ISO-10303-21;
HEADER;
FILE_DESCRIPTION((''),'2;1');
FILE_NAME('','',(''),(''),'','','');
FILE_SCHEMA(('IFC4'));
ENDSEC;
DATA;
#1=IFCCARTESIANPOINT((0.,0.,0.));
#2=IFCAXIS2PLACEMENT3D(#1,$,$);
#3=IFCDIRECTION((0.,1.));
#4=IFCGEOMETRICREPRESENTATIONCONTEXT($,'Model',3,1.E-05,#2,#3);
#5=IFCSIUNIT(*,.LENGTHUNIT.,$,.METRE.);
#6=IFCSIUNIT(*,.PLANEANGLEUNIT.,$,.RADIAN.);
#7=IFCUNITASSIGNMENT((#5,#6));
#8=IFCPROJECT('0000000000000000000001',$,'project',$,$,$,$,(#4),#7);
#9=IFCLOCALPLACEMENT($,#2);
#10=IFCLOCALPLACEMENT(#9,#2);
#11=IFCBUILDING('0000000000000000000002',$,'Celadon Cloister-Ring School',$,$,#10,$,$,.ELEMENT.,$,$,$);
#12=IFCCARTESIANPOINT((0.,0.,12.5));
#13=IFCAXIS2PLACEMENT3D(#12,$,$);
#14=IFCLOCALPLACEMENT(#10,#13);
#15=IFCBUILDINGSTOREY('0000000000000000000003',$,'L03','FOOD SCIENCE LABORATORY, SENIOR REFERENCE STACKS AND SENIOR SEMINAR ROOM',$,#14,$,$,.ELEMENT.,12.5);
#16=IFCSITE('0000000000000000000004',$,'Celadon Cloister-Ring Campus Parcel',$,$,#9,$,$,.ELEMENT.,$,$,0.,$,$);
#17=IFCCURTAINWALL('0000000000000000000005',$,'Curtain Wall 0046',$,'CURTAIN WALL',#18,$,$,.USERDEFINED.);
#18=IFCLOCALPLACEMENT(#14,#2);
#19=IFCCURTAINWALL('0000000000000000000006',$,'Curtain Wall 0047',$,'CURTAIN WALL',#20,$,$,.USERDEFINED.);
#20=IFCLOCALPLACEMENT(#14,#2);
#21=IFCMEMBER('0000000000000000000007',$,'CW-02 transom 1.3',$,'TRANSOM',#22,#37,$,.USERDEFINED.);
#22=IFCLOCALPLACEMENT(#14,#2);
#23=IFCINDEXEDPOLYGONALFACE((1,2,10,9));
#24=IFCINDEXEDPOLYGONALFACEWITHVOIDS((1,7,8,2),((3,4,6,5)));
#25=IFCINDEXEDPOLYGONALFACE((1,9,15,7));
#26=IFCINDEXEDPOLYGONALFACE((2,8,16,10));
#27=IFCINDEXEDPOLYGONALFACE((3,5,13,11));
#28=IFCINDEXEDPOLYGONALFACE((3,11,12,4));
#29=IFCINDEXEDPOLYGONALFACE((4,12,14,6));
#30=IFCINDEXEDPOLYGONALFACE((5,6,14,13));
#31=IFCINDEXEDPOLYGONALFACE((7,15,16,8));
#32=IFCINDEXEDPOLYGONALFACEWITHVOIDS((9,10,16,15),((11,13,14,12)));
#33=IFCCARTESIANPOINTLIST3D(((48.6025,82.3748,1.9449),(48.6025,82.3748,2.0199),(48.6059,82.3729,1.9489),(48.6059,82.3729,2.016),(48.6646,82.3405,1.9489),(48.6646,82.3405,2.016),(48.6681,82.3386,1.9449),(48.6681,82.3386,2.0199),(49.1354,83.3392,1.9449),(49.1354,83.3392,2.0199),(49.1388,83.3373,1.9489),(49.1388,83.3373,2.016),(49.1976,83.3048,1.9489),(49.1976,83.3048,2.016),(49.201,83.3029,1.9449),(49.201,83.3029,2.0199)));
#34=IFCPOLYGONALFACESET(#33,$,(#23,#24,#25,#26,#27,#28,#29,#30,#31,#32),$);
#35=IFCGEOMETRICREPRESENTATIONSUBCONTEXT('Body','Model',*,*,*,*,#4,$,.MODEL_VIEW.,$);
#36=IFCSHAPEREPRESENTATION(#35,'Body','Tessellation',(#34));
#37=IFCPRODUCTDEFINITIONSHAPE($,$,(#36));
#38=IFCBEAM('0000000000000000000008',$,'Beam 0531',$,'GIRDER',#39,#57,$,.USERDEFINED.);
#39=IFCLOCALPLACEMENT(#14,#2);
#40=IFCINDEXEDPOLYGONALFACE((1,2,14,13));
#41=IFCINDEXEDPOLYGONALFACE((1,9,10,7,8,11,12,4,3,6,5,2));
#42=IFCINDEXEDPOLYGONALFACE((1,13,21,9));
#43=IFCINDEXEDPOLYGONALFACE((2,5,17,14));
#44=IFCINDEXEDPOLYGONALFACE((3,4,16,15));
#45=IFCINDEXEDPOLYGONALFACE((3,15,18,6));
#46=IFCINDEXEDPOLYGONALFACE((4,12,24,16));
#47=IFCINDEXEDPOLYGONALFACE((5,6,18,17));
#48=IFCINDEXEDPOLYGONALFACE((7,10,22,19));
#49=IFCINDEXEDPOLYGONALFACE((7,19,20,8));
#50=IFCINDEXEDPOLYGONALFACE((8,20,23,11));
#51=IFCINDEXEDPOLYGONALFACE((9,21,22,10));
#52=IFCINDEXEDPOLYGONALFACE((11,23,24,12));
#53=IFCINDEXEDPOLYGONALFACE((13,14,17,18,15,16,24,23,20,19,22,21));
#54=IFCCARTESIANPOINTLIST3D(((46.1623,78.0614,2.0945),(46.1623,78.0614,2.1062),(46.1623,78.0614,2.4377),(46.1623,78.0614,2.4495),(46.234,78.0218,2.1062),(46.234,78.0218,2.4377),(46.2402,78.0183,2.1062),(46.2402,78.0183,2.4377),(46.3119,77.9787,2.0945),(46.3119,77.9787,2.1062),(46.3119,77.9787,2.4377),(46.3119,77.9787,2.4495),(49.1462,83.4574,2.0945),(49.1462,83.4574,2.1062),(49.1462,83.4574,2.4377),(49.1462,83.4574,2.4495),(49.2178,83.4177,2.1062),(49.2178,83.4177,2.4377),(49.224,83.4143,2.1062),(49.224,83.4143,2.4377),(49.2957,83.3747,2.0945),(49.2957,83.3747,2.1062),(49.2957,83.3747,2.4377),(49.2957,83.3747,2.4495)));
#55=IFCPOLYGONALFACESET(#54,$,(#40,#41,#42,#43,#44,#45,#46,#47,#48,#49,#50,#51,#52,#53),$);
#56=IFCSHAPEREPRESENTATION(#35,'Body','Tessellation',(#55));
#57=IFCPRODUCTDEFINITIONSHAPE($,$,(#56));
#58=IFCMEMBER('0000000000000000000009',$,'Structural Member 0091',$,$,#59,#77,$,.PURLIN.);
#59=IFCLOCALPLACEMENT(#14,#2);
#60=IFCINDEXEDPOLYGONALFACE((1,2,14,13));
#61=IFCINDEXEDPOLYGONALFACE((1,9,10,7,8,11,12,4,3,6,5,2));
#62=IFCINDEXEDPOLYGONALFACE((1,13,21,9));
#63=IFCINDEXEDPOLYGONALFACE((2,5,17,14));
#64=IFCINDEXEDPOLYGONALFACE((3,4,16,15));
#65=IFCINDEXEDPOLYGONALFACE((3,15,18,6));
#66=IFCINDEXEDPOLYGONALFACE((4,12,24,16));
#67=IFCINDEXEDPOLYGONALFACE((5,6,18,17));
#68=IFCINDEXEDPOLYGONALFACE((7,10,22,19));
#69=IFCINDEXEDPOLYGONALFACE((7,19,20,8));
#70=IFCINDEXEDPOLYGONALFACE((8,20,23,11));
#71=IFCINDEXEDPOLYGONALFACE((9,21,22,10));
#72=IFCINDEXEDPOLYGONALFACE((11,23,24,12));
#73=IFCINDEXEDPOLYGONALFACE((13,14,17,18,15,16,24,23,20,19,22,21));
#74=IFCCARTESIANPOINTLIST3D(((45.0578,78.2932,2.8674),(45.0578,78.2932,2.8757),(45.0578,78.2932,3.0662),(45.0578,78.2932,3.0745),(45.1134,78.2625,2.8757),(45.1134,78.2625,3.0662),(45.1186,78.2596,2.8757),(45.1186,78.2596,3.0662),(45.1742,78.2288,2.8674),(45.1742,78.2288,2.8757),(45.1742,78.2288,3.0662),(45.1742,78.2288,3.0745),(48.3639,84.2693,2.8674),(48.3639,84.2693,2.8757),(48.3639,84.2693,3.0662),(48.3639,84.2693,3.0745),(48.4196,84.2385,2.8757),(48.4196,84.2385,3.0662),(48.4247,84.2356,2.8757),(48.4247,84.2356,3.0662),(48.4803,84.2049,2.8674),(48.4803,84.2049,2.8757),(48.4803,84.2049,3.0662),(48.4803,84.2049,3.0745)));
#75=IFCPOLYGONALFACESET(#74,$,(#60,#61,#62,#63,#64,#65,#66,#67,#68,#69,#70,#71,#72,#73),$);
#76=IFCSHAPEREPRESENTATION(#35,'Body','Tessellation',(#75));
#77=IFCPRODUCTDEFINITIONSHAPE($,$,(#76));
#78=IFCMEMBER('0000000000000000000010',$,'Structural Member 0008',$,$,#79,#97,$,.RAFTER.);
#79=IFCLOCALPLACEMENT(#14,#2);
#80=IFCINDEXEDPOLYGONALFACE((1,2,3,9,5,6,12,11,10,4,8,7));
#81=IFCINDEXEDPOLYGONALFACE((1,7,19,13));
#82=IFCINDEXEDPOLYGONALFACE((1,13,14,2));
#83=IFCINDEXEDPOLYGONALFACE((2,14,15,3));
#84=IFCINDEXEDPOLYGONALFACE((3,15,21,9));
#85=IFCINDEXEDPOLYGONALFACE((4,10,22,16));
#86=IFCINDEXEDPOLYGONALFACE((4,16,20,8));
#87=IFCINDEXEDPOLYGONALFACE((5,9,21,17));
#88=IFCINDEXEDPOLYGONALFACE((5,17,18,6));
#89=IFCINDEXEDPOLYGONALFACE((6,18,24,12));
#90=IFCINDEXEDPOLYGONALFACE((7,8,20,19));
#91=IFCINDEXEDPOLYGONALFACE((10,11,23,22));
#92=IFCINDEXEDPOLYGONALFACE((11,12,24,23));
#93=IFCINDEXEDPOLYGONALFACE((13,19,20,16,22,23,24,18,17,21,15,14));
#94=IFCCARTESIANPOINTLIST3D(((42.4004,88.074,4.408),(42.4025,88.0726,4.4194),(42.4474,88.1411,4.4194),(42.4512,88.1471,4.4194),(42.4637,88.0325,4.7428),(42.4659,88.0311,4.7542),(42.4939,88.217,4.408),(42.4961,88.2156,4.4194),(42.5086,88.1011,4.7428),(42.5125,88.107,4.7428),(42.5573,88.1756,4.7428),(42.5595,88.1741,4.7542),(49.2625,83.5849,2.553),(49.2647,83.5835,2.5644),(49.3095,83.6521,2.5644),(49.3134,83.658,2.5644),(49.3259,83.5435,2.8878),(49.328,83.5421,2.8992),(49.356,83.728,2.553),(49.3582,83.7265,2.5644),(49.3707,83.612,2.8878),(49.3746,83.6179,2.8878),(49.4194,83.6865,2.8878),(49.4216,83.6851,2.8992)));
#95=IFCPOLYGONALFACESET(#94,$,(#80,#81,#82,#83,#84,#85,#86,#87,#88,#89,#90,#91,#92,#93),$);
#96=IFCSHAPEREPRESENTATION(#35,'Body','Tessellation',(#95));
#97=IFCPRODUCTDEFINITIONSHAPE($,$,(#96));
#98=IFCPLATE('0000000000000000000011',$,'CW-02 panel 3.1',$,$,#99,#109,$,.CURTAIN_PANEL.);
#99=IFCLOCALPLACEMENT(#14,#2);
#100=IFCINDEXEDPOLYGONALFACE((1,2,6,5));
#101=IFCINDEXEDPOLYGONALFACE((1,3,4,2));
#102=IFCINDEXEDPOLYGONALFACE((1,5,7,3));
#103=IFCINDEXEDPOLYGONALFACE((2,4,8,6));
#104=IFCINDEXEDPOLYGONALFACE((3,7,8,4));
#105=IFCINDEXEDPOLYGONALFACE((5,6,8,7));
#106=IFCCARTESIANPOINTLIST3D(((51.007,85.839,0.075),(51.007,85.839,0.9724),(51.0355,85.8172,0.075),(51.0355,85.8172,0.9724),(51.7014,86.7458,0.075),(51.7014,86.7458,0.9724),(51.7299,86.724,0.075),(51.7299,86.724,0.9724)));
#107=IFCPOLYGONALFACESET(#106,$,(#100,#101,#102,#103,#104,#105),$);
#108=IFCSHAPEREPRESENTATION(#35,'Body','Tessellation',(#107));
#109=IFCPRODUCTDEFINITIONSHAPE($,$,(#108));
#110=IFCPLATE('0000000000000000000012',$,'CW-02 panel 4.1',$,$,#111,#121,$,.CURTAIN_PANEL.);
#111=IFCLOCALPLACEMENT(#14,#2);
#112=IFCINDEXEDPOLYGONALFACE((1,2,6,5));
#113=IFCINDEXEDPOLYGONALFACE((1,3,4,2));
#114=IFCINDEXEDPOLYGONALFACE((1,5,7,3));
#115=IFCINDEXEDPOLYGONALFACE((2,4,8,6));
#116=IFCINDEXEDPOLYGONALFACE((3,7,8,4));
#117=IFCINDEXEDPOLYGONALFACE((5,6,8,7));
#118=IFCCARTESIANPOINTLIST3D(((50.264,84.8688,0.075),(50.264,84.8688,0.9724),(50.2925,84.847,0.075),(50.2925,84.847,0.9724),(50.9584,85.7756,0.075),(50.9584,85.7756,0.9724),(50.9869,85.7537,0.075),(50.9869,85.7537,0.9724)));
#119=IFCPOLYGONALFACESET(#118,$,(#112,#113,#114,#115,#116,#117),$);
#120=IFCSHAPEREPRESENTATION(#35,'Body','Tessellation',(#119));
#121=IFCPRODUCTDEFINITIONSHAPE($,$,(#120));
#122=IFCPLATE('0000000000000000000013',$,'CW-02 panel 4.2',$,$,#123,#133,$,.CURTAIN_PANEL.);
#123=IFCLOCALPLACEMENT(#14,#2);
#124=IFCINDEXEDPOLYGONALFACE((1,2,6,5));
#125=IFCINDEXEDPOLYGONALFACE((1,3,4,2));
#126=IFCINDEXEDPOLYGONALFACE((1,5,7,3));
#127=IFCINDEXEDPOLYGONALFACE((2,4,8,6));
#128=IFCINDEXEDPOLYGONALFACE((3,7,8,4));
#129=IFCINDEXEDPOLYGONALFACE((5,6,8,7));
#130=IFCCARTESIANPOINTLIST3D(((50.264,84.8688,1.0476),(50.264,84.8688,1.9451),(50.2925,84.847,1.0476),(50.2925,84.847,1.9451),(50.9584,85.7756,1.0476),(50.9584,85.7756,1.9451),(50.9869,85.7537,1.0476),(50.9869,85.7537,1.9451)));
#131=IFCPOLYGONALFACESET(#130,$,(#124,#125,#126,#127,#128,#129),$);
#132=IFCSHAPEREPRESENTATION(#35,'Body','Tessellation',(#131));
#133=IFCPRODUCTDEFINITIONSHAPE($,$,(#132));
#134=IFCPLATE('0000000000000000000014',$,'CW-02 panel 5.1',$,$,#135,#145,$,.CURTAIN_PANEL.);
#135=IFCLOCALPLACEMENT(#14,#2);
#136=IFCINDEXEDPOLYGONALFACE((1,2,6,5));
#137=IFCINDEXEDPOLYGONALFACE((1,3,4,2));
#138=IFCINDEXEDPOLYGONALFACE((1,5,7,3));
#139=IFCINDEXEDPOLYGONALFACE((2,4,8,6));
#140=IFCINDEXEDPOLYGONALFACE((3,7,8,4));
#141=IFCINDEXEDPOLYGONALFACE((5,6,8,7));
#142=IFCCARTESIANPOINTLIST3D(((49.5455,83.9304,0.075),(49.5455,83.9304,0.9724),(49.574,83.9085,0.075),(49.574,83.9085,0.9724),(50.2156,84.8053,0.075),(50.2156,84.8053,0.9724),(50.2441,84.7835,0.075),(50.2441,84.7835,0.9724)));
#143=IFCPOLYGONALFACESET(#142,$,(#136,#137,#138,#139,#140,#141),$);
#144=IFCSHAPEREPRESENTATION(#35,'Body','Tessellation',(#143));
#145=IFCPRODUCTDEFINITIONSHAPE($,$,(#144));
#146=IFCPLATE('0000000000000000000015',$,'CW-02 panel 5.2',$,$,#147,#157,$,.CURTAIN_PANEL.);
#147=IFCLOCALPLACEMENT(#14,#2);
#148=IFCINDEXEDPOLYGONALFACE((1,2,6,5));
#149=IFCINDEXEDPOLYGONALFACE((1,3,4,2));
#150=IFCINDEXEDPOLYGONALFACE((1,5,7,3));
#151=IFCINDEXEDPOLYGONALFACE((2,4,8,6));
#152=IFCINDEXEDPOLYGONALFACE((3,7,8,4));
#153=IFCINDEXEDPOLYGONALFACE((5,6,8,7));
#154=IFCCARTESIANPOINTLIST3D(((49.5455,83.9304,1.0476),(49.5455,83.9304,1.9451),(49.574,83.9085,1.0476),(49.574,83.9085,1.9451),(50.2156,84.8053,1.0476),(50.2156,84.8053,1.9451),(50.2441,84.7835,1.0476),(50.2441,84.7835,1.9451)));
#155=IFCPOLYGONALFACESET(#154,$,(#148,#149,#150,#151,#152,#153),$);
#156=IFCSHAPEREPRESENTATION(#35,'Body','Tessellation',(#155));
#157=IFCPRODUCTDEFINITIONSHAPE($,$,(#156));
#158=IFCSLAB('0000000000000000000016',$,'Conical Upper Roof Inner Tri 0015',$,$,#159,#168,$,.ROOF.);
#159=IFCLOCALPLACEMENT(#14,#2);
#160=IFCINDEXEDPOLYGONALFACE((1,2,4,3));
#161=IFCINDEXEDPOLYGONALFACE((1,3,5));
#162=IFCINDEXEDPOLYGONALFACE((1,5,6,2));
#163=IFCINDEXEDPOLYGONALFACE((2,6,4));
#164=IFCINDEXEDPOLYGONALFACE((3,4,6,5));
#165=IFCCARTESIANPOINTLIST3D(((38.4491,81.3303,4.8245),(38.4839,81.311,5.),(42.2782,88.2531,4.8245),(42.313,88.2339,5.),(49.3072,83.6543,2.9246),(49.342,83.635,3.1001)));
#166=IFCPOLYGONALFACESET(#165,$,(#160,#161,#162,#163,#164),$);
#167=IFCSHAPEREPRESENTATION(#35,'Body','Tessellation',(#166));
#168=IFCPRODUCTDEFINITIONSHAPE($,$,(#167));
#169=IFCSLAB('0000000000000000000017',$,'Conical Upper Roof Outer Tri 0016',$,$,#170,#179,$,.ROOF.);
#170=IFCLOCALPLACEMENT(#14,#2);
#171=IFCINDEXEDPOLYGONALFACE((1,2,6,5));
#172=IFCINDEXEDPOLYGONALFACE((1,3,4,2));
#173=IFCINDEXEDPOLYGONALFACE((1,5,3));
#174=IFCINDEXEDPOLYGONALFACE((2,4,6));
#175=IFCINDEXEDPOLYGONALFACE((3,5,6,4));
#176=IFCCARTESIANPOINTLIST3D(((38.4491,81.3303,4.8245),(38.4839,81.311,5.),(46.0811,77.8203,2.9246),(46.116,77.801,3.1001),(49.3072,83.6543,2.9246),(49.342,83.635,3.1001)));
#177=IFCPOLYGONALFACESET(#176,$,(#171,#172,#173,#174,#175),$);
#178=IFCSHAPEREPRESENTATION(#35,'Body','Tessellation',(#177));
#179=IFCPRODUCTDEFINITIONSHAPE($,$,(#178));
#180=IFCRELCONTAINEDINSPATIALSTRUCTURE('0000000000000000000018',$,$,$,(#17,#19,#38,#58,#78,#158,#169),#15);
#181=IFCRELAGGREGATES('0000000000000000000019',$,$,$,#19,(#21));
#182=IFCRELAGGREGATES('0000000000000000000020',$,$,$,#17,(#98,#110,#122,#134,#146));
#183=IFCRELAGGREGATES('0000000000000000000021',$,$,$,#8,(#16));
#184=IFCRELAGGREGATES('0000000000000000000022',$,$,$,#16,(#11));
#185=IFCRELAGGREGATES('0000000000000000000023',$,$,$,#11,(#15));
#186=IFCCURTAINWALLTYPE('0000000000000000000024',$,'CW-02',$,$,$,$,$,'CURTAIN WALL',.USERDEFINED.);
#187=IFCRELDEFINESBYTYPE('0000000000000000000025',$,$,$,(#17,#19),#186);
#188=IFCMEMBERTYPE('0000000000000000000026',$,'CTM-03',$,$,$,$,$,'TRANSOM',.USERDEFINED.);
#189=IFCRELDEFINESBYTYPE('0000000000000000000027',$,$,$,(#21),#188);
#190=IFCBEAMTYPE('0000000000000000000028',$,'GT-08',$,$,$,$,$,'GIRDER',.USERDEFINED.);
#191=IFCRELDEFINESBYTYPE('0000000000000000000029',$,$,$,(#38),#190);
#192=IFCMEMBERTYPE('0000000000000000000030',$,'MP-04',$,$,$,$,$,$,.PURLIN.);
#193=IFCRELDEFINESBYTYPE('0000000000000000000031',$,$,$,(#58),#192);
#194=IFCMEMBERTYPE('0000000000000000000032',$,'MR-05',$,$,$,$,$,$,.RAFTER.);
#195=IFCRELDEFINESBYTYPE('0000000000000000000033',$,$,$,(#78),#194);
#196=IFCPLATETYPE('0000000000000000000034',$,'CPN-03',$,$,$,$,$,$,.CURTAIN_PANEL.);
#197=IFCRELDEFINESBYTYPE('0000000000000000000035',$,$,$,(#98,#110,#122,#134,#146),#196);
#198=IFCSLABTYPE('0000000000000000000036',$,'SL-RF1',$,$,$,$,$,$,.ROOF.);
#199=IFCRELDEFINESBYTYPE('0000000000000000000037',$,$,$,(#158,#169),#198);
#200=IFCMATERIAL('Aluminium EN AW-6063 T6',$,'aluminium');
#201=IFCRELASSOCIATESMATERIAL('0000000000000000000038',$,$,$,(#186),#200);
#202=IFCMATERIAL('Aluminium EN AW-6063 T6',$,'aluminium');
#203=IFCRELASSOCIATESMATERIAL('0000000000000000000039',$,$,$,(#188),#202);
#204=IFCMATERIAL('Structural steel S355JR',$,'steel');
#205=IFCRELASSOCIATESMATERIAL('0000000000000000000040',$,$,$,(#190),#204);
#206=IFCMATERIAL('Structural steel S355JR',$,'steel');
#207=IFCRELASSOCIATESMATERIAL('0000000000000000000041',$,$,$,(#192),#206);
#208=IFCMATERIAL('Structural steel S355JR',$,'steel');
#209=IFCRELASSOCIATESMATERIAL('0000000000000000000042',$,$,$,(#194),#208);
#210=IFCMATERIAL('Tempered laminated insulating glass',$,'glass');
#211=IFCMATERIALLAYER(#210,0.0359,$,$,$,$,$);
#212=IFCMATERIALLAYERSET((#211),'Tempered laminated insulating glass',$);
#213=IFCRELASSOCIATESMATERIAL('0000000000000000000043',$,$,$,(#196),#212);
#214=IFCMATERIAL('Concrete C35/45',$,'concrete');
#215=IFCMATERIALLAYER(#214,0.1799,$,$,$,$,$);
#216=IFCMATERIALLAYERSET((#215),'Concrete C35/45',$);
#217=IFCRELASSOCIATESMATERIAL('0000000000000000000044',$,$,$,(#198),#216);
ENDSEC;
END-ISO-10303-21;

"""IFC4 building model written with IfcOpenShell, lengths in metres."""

from ifc_helpers import new_model, si_unit, direction, frame, origin, origin_2d, place, context, subcontext, project, spatial, polyline, rectangle, hollow_rectangle, i_section, outline, extrude, material, layer, layer_set, material_profile, profile_set, type_object, element, aggregate, save


model = new_model("IFC4")

# Units and contexts
model_context = context("Model", 3, precision=1e-05, world=origin(), true_north=direction((0.0, 1.0)))
body_context = subcontext(model_context, "Body", "Model", "MODEL_VIEW")
ifc_project = project(units=[si_unit("LENGTHUNIT", "METRE"), si_unit("PLANEANGLEUNIT", "RADIAN")], contexts=[model_context])

# Site, building, storey
site_placement = place(None, origin())
site = spatial("IfcSite", under=ifc_project, at=site_placement, Name="Celadon Cloister-Ring Campus Parcel", CompositionType="ELEMENT", RefElevation=0.0)
building_placement = place(site_placement, origin())
building = spatial("IfcBuilding", under=site, at=building_placement, Name="Celadon Cloister-Ring School", CompositionType="ELEMENT")
storey_placement = place(building_placement, frame((0.0, 0.0, 12.5)))
storey = spatial("IfcBuildingStorey", under=building, at=storey_placement, Name="L03", Description="FOOD SCIENCE LABORATORY, SENIOR REFERENCE STACKS AND SENIOR SEMINAR ROOM", CompositionType="ELEMENT", Elevation=12.5)

# Curtain wall
ifc_material_1 = material(Name="Aluminium EN AW-6063 T6", Category="aluminium")
curtain_wall_type = type_object("IfcCurtainWallType", Name="CW-02", ElementType="CURTAIN WALL", PredefinedType="USERDEFINED", material=ifc_material_1)
curtain_wall_1_placement = place(storey_placement, origin())
curtain_wall_1 = element("IfcCurtainWall", 1, at=curtain_wall_1_placement, inside=storey, type_object=curtain_wall_type, Name="Curtain Wall 0046", ObjectType="CURTAIN WALL", PredefinedType="USERDEFINED")

# Curtain wall
curtain_wall_2_placement = place(storey_placement, origin())
curtain_wall_2 = element("IfcCurtainWall", 2, at=curtain_wall_2_placement, inside=storey, type_object=curtain_wall_type, Name="Curtain Wall 0047", ObjectType="CURTAIN WALL", PredefinedType="USERDEFINED")

# Member
ifc_material_2 = material(Name="Aluminium EN AW-6063 T6", Category="aluminium")
ifc_material_profile_1 = material_profile(ifc_material_2, hollow_rectangle(XDim=0.075, YDim=0.075, WallThickness=0.0039, at=origin_2d()), Name="RHS75X75X4")
ifc_profile_set_1 = profile_set([ifc_material_profile_1], Name="Aluminium EN AW-6063 T6")
member_type_1 = type_object("IfcMemberType", Name="CTM-03", ElementType="TRANSOM", PredefinedType="USERDEFINED", material=ifc_profile_set_1)
member_1_placement = place(storey_placement, frame((49.1682, 83.321, 1.9824), z_axis=(-0.483704, -0.875232, 0.0), x_axis=(0.875232, -0.483704, 0.0)))
member_1 = element("IfcMember", 3, at=member_1_placement, type_object=member_type_1, Name="CW-02 transom 1.3", ObjectType="TRANSOM", PredefinedType="USERDEFINED", context=body_context, shape_type="SweptSolid", body=[
    extrude(hollow_rectangle(XDim=0.075, YDim=0.075, WallThickness=0.0039, at=origin_2d()), origin(), (0.0, 0.0, 1.0), 1.1018),
])
aggregate(curtain_wall_2, [member_1])

# Beam
ifc_material_3 = material(Name="Structural steel S355JR", Category="steel")
ifc_material_profile_2 = material_profile(ifc_material_3, i_section(OverallWidth=0.1709, OverallDepth=0.355, WebThickness=0.0071, FlangeThickness=0.0117, at=origin_2d()), Name="W360X51")
ifc_profile_set_2 = profile_set([ifc_material_profile_2], Name="Structural steel S355JR")
beam_type = type_object("IfcBeamType", Name="GT-08", ElementType="GIRDER", PredefinedType="USERDEFINED", material=ifc_profile_set_2)
beam_placement = place(storey_placement, frame((49.2209, 83.416, 2.272), z_axis=(-0.483921, -0.875112, 0.0), x_axis=(0.875112, -0.483921, 0.0)))
element("IfcBeam", 4, at=beam_placement, inside=storey, type_object=beam_type, Name="Beam 0531", ObjectType="GIRDER", PredefinedType="USERDEFINED", context=body_context, shape_type="SweptSolid", body=[
    extrude(i_section(OverallWidth=0.1709, OverallDepth=0.355, WebThickness=0.0071, FlangeThickness=0.0117, at=origin_2d()), origin(), (0.0, 0.0, 1.0), 6.166),
])

# Members
ifc_material_4 = material(Name="Structural steel S355JR", Category="steel")
ifc_material_profile_3 = material_profile(ifc_material_4, i_section(OverallWidth=0.1331, OverallDepth=0.207, WebThickness=0.0059, FlangeThickness=0.0083, at=origin_2d()), Name="W200X27")
ifc_profile_set_3 = profile_set([ifc_material_profile_3], Name="Structural steel S355JR")
member_type_2 = type_object("IfcMemberType", Name="MP-04", PredefinedType="PURLIN", material=ifc_profile_set_3)
member_2_placement = place(storey_placement, frame((48.4221, 84.2371, 2.9709), z_axis=(-0.484088, -0.875019, 0.0), x_axis=(0.875019, -0.484088, 0.0)))
element("IfcMember", 5, at=member_2_placement, inside=storey, type_object=member_type_2, Name="Structural Member 0091", PredefinedType="PURLIN", context=body_context, shape_type="SweptSolid", body=[
    extrude(i_section(OverallWidth=0.1331, OverallDepth=0.207, WebThickness=0.0059, FlangeThickness=0.0083, at=origin_2d()), origin(), (0.0, 0.0, 1.0), 6.8296),
])
ifc_material_5 = material(Name="Structural steel S355JR", Category="steel")
ifc_material_profile_4 = material_profile(ifc_material_5, i_section(OverallWidth=0.1709, OverallDepth=0.355, WebThickness=0.0071, FlangeThickness=0.0117, at=origin_2d()), Name="W360X51")
ifc_profile_set_4 = profile_set([ifc_material_profile_4], Name="Structural steel S355JR")
member_type_3 = type_object("IfcMemberType", Name="MR-05", PredefinedType="RAFTER", material=ifc_profile_set_4)
member_3_placement = place(storey_placement, frame((49.342, 83.635, 2.7261), z_axis=(-0.816218, 0.533952, 0.220643), x_axis=(-0.547444, -0.836842, 0.0)))
element("IfcMember", 6, at=member_3_placement, inside=storey, type_object=member_type_3, Name="Structural Member 0008", PredefinedType="RAFTER", context=body_context, shape_type="SweptSolid", body=[
    extrude(i_section(OverallWidth=0.1709, OverallDepth=0.355, WebThickness=0.0071, FlangeThickness=0.0117, at=origin_2d()), origin(), (0.0, 0.0, 1.0), 8.4072),
])

# Plates
ifc_material_6 = material(Name="Tempered laminated insulating glass", Category="glass")
ifc_layer_1 = layer(ifc_material_6, 0.0359)
ifc_layer_set_1 = layer_set([ifc_layer_1], Name="Tempered laminated insulating glass")
plate_type = type_object("IfcPlateType", Name="CPN-03", PredefinedType="CURTAIN_PANEL", material=ifc_layer_set_1)
plate_1_placement = place(storey_placement, frame((51.3684, 86.2815, 0.075), z_axis=(0.0, 0.0, 1.0), x_axis=(-0.608009, -0.79393, 0.0)))
plate_1 = element("IfcPlate", 7, at=plate_1_placement, type_object=plate_type, Name="CW-02 panel 3.1", PredefinedType="CURTAIN_PANEL", context=body_context, shape_type="SweptSolid", body=[
    extrude(rectangle(XDim=1.1421, YDim=0.0359, at=origin_2d()), origin(), (0.0, 0.0, 1.0), 0.8975),
])
plate_2_placement = place(storey_placement, frame((50.6255, 85.3113, 0.075), z_axis=(0.0, 0.0, 1.0), x_axis=(-0.608009, -0.79393, 0.0)))
plate_2 = element("IfcPlate", 8, at=plate_2_placement, type_object=plate_type, Name="CW-02 panel 4.1", PredefinedType="CURTAIN_PANEL", context=body_context, shape_type="SweptSolid", body=[
    extrude(rectangle(XDim=1.1421, YDim=0.0359, at=origin_2d()), origin(), (0.0, 0.0, 1.0), 0.8975),
])
plate_3_placement = place(storey_placement, frame((50.6255, 85.3113, 1.0476), z_axis=(0.0, 0.0, 1.0), x_axis=(-0.608009, -0.79393, 0.0)))
plate_3 = element("IfcPlate", 9, at=plate_3_placement, type_object=plate_type, Name="CW-02 panel 4.2", PredefinedType="CURTAIN_PANEL", context=body_context, shape_type="SweptSolid", body=[
    extrude(rectangle(XDim=1.1421, YDim=0.0359, at=origin_2d()), origin(), (0.0, 0.0, 1.0), 0.8975),
])
plate_4_placement = place(storey_placement, frame((49.8948, 84.3569, 0.075), z_axis=(0.0, 0.0, 1.0), x_axis=(-0.608009, -0.79393, 0.0)))
plate_4 = element("IfcPlate", 10, at=plate_4_placement, type_object=plate_type, Name="CW-02 panel 5.1", PredefinedType="CURTAIN_PANEL", context=body_context, shape_type="SweptSolid", body=[
    extrude(rectangle(XDim=1.1021, YDim=0.0359, at=origin_2d()), origin(), (0.0, 0.0, 1.0), 0.8975),
])
plate_5_placement = place(storey_placement, frame((49.8948, 84.3569, 1.0476), z_axis=(0.0, 0.0, 1.0), x_axis=(-0.608009, -0.79393, 0.0)))
plate_5 = element("IfcPlate", 11, at=plate_5_placement, type_object=plate_type, Name="CW-02 panel 5.2", PredefinedType="CURTAIN_PANEL", context=body_context, shape_type="SweptSolid", body=[
    extrude(rectangle(XDim=1.1021, YDim=0.0359, at=origin_2d()), origin(), (0.0, 0.0, 1.0), 0.8975),
])
aggregate(curtain_wall_1, [plate_1, plate_2, plate_3, plate_4, plate_5])

# Slabs
ifc_material_7 = material(Name="Concrete C35/45", Category="concrete")
ifc_layer_2 = layer(ifc_material_7, 0.1799)
ifc_layer_set_2 = layer_set([ifc_layer_2], Name="Concrete C35/45")
slab_type = type_object("IfcSlabType", Name="SL-RF1", PredefinedType="ROOF", material=ifc_layer_set_2)
slab_1_placement = place(storey_placement, frame((49.342, 83.635, 3.1001), z_axis=(0.193554, -0.107057, 0.975231), x_axis=(-0.816191, 0.534007, 0.220611)))
element("IfcSlab", 12, at=slab_1_placement, inside=storey, type_object=slab_type, Name="Conical Upper Roof Inner Tri 0015", PredefinedType="ROOF", context=body_context, shape_type="SweptSolid", body=[
    extrude(outline(polyline([(0.0, 0.0), (8.612, 0.0), (8.0404, 7.8906), (0.0, 0.0)])), origin(), (0.0, 0.0, -1.0), 0.1799),
])
slab_2_placement = place(storey_placement, frame((49.342, 83.635, 3.1001), z_axis=(0.193549, -0.107029, 0.975235), x_axis=(-0.963847, -0.206293, 0.168649)))
element("IfcSlab", 13, at=slab_2_placement, inside=storey, type_object=slab_type, Name="Conical Upper Roof Outer Tri 0016", PredefinedType="ROOF", context=body_context, shape_type="SweptSolid", body=[
    extrude(outline(polyline([(0.0, 0.0), (11.2654, 0.0), (4.3129, 5.0834), (0.0, 0.0)])), origin(), (0.0, 0.0, -1.0), 0.1799),
])

save(model, "model.ifc")
